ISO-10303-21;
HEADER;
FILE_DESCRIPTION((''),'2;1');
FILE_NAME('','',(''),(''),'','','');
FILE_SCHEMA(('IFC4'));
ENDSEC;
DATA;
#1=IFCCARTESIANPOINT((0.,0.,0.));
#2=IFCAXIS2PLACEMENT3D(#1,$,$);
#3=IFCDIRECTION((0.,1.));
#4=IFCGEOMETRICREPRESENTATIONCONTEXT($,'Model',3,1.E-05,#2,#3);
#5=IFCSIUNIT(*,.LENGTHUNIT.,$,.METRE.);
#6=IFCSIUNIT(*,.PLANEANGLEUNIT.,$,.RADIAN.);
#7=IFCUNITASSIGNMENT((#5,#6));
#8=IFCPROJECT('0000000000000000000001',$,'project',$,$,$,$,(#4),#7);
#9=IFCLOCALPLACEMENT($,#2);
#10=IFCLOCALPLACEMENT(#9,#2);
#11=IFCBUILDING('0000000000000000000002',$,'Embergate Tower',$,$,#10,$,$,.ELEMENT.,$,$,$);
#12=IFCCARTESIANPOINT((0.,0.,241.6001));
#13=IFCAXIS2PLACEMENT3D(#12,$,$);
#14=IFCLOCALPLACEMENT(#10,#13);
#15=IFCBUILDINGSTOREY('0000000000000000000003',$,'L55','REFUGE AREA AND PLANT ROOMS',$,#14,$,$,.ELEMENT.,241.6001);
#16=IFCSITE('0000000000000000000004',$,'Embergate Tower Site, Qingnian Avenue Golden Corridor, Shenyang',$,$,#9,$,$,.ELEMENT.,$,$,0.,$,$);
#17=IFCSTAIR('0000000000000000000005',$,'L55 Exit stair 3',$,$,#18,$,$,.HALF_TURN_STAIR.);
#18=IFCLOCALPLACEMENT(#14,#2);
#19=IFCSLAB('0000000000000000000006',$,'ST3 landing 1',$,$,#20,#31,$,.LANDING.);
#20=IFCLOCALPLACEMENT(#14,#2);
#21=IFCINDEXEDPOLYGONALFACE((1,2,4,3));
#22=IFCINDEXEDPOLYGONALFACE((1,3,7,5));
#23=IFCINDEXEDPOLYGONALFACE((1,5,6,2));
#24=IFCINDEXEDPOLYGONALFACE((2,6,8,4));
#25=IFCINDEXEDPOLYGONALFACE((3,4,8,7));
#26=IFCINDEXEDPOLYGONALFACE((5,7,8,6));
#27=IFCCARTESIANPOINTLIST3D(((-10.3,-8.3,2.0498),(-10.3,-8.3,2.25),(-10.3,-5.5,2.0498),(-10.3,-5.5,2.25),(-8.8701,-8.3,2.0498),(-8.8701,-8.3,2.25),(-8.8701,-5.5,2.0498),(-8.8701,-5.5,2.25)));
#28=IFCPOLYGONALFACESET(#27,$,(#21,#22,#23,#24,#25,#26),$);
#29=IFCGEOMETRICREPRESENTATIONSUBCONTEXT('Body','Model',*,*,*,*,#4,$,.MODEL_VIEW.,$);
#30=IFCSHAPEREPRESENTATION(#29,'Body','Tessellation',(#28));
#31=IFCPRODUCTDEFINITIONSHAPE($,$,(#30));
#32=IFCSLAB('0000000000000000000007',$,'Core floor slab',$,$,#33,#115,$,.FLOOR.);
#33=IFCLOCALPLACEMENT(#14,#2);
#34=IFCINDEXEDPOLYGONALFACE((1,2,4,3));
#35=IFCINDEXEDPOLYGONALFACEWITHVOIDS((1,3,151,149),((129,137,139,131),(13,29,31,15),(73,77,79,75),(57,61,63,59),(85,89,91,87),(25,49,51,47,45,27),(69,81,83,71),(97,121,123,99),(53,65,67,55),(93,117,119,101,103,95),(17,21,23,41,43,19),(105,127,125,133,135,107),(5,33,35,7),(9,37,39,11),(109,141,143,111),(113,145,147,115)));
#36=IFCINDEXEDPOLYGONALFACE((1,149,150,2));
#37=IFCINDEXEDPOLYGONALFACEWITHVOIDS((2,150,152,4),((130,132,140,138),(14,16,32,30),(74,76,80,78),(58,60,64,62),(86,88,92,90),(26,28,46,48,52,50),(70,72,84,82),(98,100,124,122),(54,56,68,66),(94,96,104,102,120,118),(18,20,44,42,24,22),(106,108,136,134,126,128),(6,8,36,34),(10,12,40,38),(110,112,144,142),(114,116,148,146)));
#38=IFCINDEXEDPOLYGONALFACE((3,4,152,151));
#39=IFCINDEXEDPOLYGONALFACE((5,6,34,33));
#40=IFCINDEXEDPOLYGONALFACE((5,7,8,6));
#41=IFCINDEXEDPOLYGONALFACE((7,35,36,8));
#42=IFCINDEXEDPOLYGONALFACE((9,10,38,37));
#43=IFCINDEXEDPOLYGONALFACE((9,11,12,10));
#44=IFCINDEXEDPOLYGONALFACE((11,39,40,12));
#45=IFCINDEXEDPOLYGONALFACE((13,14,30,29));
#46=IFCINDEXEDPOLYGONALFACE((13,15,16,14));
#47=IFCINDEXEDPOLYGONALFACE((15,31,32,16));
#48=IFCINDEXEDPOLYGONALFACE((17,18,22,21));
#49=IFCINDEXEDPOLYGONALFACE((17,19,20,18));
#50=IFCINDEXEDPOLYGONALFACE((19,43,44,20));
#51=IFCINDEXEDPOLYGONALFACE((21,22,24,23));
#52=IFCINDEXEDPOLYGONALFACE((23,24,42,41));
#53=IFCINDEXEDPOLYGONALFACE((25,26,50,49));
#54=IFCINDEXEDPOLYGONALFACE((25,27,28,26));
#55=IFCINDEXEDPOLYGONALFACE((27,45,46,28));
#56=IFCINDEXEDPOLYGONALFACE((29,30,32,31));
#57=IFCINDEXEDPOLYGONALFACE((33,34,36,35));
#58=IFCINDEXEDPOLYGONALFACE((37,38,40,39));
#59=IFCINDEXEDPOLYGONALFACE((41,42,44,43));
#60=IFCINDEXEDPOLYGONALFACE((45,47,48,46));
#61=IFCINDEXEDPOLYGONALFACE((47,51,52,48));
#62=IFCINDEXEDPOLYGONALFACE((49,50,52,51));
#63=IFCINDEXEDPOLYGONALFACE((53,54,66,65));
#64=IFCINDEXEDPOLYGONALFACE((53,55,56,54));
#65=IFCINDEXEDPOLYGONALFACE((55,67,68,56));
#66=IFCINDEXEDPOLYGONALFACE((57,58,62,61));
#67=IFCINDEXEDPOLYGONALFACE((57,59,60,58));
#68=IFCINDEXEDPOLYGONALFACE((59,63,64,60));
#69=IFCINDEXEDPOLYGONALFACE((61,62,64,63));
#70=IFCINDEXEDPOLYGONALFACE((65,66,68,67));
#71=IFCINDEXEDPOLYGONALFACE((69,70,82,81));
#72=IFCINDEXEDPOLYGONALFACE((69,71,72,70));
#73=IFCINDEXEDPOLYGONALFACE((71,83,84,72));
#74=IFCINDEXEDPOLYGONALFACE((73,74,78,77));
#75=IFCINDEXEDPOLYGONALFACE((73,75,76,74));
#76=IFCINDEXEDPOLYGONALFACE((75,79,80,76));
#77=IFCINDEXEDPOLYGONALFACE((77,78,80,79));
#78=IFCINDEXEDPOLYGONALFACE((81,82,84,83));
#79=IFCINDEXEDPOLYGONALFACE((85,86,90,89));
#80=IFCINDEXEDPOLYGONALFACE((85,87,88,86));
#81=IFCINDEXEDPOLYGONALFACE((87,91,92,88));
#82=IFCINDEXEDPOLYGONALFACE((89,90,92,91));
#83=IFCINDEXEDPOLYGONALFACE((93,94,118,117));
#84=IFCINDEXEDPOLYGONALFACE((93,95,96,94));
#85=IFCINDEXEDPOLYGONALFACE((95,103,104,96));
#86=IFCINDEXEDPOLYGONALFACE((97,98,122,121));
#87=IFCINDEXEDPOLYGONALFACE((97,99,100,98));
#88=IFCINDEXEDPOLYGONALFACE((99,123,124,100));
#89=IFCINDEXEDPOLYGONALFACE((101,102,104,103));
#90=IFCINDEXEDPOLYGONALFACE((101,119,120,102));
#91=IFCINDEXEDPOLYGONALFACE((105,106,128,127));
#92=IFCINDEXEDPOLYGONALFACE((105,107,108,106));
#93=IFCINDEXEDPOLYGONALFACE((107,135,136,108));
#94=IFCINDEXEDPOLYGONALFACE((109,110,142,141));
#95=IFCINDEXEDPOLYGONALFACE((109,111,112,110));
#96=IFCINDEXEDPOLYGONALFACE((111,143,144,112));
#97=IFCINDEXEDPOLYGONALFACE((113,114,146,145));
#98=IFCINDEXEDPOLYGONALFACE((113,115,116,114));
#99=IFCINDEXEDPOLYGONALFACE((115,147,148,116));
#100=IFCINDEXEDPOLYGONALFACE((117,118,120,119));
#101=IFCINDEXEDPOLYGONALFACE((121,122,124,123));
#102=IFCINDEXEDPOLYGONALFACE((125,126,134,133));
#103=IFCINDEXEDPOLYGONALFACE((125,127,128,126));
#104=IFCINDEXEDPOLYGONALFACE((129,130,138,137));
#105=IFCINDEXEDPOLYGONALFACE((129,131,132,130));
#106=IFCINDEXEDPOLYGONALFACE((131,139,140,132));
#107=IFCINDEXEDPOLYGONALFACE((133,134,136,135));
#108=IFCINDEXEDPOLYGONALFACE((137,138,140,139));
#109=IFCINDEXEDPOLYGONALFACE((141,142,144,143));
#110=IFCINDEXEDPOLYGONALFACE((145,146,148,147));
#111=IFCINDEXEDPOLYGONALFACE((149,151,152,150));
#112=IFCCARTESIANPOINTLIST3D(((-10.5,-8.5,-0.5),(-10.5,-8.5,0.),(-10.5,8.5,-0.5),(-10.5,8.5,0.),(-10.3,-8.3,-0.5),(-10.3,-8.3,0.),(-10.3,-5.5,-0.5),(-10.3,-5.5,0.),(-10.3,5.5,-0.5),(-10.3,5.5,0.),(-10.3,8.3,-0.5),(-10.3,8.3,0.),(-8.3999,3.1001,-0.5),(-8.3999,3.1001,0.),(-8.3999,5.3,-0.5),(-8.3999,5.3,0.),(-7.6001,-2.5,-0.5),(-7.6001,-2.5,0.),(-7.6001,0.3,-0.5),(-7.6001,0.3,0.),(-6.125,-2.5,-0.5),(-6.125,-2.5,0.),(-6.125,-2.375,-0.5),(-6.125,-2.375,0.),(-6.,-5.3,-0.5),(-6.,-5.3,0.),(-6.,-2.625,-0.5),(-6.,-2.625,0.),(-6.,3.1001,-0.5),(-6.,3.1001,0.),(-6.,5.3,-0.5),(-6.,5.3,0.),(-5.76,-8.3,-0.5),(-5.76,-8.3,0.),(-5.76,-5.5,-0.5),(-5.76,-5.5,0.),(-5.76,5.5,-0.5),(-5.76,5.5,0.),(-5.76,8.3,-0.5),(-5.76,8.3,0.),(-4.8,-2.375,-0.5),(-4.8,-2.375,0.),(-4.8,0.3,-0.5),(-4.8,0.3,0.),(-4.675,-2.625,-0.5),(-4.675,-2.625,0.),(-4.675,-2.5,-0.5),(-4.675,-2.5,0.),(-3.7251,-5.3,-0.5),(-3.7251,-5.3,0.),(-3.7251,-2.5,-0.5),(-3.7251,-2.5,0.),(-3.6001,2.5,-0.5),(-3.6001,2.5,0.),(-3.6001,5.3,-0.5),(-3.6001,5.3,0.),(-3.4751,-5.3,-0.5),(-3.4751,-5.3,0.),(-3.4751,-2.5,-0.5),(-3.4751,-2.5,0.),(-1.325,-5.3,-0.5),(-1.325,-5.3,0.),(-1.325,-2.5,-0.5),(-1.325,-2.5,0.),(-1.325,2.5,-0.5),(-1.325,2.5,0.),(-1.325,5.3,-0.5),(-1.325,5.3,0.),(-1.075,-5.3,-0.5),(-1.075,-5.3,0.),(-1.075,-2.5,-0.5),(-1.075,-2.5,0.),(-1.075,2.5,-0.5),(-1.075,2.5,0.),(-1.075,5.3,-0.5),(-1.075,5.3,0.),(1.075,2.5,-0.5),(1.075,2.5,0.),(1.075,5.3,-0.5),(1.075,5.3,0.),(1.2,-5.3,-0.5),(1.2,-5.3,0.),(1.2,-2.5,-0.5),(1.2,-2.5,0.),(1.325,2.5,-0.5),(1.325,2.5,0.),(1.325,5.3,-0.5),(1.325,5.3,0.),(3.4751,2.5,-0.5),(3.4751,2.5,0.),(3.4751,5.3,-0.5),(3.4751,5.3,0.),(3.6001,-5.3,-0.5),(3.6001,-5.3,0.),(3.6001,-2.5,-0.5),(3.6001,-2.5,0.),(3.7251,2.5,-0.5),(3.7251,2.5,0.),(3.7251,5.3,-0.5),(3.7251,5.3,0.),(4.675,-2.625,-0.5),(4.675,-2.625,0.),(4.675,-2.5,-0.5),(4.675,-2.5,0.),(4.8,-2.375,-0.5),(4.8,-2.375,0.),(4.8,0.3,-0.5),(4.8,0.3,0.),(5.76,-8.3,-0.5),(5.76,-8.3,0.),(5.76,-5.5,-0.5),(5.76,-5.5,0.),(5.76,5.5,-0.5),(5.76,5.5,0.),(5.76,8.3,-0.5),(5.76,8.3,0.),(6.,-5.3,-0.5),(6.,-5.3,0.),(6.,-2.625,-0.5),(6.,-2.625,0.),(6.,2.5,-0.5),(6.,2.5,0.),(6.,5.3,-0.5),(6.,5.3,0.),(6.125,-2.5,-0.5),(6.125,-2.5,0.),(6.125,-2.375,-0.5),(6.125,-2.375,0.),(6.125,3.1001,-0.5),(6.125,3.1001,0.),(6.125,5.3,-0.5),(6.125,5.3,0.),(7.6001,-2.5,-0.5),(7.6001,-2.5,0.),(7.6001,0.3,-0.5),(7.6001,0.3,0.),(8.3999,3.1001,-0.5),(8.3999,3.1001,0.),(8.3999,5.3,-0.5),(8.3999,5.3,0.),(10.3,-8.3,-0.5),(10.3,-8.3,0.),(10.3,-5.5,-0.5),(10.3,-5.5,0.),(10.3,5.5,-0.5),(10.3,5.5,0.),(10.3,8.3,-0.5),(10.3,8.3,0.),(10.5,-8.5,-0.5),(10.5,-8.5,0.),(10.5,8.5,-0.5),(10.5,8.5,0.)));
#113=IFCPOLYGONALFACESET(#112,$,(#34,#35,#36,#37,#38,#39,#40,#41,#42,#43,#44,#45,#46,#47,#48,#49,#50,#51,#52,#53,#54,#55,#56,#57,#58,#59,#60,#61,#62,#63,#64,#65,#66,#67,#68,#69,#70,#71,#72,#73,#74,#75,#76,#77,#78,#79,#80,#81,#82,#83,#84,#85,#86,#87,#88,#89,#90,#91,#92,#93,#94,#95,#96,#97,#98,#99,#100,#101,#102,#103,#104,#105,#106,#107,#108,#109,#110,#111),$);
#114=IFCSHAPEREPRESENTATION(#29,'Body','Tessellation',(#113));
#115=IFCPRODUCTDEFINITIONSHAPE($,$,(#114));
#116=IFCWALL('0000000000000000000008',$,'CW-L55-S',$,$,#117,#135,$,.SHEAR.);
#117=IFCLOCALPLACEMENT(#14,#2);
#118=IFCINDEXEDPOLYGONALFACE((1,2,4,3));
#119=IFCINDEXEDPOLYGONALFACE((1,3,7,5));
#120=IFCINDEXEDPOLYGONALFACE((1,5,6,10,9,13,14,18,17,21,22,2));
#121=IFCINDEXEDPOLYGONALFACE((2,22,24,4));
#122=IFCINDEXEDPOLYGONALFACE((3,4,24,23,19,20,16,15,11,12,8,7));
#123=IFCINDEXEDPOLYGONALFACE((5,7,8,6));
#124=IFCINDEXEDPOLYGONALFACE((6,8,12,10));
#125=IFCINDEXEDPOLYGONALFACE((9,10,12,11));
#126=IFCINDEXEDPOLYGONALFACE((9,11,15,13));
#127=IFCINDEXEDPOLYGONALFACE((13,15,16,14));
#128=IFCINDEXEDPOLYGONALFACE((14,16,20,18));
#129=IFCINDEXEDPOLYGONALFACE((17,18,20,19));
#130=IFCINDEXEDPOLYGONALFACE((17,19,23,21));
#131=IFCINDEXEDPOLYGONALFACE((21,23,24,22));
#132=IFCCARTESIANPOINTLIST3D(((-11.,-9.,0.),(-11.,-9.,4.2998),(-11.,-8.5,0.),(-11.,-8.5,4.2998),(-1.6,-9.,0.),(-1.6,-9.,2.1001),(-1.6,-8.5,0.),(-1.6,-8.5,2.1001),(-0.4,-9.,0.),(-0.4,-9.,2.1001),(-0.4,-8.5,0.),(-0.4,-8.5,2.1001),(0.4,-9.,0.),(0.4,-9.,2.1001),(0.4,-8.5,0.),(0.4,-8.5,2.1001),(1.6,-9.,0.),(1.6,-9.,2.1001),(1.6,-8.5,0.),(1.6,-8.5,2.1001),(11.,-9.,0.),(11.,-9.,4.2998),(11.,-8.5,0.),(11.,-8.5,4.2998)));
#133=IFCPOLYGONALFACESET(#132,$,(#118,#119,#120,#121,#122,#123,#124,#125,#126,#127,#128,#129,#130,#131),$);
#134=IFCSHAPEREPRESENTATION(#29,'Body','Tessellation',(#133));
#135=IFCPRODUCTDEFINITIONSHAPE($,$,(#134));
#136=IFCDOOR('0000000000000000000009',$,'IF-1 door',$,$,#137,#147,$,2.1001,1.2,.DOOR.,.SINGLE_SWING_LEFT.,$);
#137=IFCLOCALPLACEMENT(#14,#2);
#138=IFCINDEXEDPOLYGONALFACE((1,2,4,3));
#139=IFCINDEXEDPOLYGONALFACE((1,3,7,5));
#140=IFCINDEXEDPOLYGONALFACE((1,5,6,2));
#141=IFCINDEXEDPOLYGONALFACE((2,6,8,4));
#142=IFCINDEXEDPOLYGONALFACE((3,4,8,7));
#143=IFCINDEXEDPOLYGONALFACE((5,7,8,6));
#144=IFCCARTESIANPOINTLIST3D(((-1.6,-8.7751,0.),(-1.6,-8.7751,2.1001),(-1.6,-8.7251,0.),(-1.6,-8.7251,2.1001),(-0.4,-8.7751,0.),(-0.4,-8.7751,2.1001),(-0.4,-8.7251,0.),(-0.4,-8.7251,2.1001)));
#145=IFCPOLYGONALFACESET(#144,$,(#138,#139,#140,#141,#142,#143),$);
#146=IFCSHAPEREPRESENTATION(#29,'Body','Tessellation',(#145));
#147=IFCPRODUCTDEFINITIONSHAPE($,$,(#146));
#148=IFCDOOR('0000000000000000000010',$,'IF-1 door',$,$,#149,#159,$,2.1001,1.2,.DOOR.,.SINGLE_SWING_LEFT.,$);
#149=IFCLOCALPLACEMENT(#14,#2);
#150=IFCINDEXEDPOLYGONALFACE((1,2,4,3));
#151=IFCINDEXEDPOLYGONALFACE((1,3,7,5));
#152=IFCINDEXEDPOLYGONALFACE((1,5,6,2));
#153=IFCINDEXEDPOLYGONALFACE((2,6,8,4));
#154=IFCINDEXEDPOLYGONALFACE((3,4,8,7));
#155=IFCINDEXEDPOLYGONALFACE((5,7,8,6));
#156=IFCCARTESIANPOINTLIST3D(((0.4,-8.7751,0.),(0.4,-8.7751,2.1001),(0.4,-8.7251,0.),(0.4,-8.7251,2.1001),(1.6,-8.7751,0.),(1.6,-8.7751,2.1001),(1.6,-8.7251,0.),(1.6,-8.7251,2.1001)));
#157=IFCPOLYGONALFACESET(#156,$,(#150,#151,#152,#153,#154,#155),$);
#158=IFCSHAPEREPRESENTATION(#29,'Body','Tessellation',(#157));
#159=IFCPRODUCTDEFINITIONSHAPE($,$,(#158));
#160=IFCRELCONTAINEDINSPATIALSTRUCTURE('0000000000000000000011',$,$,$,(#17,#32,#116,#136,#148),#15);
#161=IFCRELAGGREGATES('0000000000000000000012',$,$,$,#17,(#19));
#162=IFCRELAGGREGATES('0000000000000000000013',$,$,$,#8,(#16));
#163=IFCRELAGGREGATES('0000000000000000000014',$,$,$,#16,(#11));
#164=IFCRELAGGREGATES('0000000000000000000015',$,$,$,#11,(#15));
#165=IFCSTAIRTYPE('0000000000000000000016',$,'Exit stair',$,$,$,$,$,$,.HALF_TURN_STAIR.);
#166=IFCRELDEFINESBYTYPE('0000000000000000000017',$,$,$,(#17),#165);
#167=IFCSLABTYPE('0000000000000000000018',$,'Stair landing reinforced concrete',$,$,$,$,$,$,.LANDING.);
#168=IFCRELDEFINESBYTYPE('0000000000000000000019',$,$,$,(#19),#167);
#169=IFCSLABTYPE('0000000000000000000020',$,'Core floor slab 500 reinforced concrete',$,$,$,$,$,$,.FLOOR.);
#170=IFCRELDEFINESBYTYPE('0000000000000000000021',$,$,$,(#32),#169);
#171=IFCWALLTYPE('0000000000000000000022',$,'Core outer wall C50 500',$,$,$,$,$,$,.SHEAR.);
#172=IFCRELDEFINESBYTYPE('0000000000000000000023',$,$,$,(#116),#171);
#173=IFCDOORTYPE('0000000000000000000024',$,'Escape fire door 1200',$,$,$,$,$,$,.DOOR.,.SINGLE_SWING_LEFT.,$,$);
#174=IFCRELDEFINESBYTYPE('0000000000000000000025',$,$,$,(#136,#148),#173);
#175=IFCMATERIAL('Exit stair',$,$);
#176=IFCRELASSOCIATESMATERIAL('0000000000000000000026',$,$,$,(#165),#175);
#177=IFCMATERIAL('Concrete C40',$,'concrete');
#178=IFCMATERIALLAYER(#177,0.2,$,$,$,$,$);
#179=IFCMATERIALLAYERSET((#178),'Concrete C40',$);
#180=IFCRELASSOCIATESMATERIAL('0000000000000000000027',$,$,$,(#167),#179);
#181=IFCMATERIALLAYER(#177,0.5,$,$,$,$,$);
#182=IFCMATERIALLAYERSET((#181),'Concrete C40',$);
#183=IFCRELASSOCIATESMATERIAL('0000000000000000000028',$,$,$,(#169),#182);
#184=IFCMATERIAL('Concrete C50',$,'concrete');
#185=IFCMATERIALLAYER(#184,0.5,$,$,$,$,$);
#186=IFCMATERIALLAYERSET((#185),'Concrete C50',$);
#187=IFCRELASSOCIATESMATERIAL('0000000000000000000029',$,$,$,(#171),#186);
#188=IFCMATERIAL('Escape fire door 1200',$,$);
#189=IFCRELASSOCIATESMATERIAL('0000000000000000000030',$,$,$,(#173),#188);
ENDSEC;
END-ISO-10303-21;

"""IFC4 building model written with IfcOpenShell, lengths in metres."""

from ifc_helpers import new_model, si_unit, direction, frame, frame_2d, origin, place, context, subcontext, project, spatial, polyline, rectangle, outline, extrude, source, transform, mapped, material, layer, layer_set, type_object, element, fill, aggregate, save


model = new_model("IFC4")

# Units and contexts
model_context = context("Model", 3, precision=1e-05, world=origin(), true_north=direction((0.0, 1.0)))
body_context = subcontext(model_context, "Body", "Model", "MODEL_VIEW")
ifc_project = project(units=[si_unit("LENGTHUNIT", "METRE"), si_unit("PLANEANGLEUNIT", "RADIAN")], contexts=[model_context])

# Site, building, storey
site_placement = place(None, origin())
site = spatial("IfcSite", under=ifc_project, at=site_placement, Name="Embergate Tower Site, Qingnian Avenue Golden Corridor, Shenyang", CompositionType="ELEMENT", RefElevation=0.0)
building_placement = place(site_placement, origin())
building = spatial("IfcBuilding", under=site, at=building_placement, Name="Embergate Tower", CompositionType="ELEMENT")
storey_placement = place(building_placement, frame((0.0, 0.0, 241.6001)))
storey = spatial("IfcBuildingStorey", under=building, at=storey_placement, Name="L55", Description="REFUGE AREA AND PLANT ROOMS", CompositionType="ELEMENT", Elevation=241.6001)

# Stair, slab
ifc_material_1 = material(Name="Exit stair")
stair_type = type_object("IfcStairType", Name="Exit stair", PredefinedType="HALF_TURN_STAIR", material=ifc_material_1)
stair_placement = place(storey_placement, origin())
stair = element("IfcStair", 1, at=stair_placement, inside=storey, type_object=stair_type, Name="L55 Exit stair 3", PredefinedType="HALF_TURN_STAIR")
ifc_material_2 = material(Name="Concrete C40", Category="concrete")
ifc_layer_1 = layer(ifc_material_2, 0.2)
ifc_layer_set_1 = layer_set([ifc_layer_1], Name="Concrete C40")
slab_type_1 = type_object("IfcSlabType", Name="Stair landing reinforced concrete", PredefinedType="LANDING", material=ifc_layer_set_1)
shared_shape_1 = source(origin(), body_context, "Body", "SweptSolid", [
    extrude(outline(polyline([(0.0, 0.0), (1.4299, 0.0), (1.4299, 2.8), (0.0, 2.8), (0.0, 0.0)])), origin(), (0.0, 0.0, 1.0), 0.2002),
])
slab_1_placement = place(storey_placement, frame((-10.3, -8.3, 2.0498)))
slab_1 = element("IfcSlab", 2, at=slab_1_placement, type_object=slab_type_1, Name="ST3 landing 1", PredefinedType="LANDING", context=body_context, shape_type="MappedRepresentation", body=[
    mapped(shared_shape_1, transform((0.0, 0.0, 0.0))),
])

# Slab
ifc_layer_2 = layer(ifc_material_2, 0.5)
ifc_layer_set_2 = layer_set([ifc_layer_2], Name="Concrete C40")
slab_type_2 = type_object("IfcSlabType", Name="Core floor slab 500 reinforced concrete", PredefinedType="FLOOR", material=ifc_layer_set_2)
shared_shape_2 = source(origin(), body_context, "Body", "SweptSolid", [
    extrude(outline(polyline([(0.0, 0.0), (21.0, 0.0), (21.0, 17.0), (0.0, 17.0), (0.0, 0.0)]), holes=[polyline([(0.2, 0.2), (0.2, 3.0), (4.74, 3.0), (4.74, 0.2), (0.2, 0.2)]), polyline([(16.26, 0.2), (16.26, 3.0), (20.8, 3.0), (20.8, 0.2), (16.26, 0.2)]), polyline([(4.5, 3.2), (4.5, 5.875), (5.825, 5.875), (5.825, 6.0), (6.7749, 6.0), (6.7749, 3.2), (4.5, 3.2)]), polyline([(7.0249, 3.2), (7.0249, 6.0), (9.175, 6.0), (9.175, 3.2), (7.0249, 3.2)]), polyline([(9.425, 3.2), (9.425, 6.0), (11.7, 6.0), (11.7, 3.2), (9.425, 3.2)]), polyline([(14.1001, 3.2), (14.1001, 6.0), (15.175, 6.0), (15.175, 5.875), (16.5, 5.875), (16.5, 3.2), (14.1001, 3.2)]), polyline([(2.8999, 6.0), (2.8999, 8.8), (5.7, 8.8), (5.7, 6.125), (4.375, 6.125), (4.375, 6.0), (2.8999, 6.0)]), polyline([(16.625, 6.0), (16.625, 6.125), (15.3, 6.125), (15.3, 8.8), (18.1001, 8.8), (18.1001, 6.0), (16.625, 6.0)]), polyline([(6.8999, 11.0), (6.8999, 13.8), (9.175, 13.8), (9.175, 11.0), (6.8999, 11.0)]), polyline([(9.425, 11.0), (9.425, 13.8), (11.575, 13.8), (11.575, 11.0), (9.425, 11.0)]), polyline([(11.825, 11.0), (11.825, 13.8), (13.9751, 13.8), (13.9751, 11.0), (11.825, 11.0)]), polyline([(14.2251, 11.0), (14.2251, 13.8), (16.5, 13.8), (16.5, 11.0), (14.2251, 11.0)]), polyline([(2.1001, 11.6001), (2.1001, 13.8), (4.5, 13.8), (4.5, 11.6001), (2.1001, 11.6001)]), polyline([(16.625, 11.6001), (16.625, 13.8), (18.8999, 13.8), (18.8999, 11.6001), (16.625, 11.6001)]), polyline([(0.2, 14.0), (0.2, 16.8), (4.74, 16.8), (4.74, 14.0), (0.2, 14.0)]), polyline([(16.26, 14.0), (16.26, 16.8), (20.8, 16.8), (20.8, 14.0), (16.26, 14.0)])]), origin(), (0.0, 0.0, 1.0), 0.5),
])
slab_2_placement = place(storey_placement, frame((-10.5, -8.5, -0.5)))
element("IfcSlab", 3, at=slab_2_placement, inside=storey, type_object=slab_type_2, Name="Core floor slab", PredefinedType="FLOOR", context=body_context, shape_type="MappedRepresentation", body=[
    mapped(shared_shape_2, transform((0.0, 0.0, 0.0))),
])

# Wall, openings, doors
ifc_material_3 = material(Name="Concrete C50", Category="concrete")
ifc_layer_3 = layer(ifc_material_3, 0.5)
ifc_layer_set_3 = layer_set([ifc_layer_3], Name="Concrete C50")
wall_type_1 = type_object("IfcWallType", Name="Core outer wall C50 500", PredefinedType="SHEAR", material=ifc_layer_set_3)
shared_shape_3 = source(origin(), body_context, "Body", "SweptSolid", [
    extrude(rectangle(XDim=22.0, YDim=0.5, at=frame_2d((11.0, 0.0))), origin(), (0.0, 0.0, 1.0), 4.2998),
])
wall_1_placement = place(storey_placement, frame((-11.0, -8.75, 0.0), z_axis=(0.0, 0.0, 1.0), x_axis=(1.0, 0.0, 0.0)))
wall_1 = element("IfcWall", 4, at=wall_1_placement, inside=storey, type_object=wall_type_1, Name="CW-L55-S", PredefinedType="SHEAR", context=body_context, shape_type="MappedRepresentation", body=[
    mapped(shared_shape_3, transform((0.0, 0.0, 0.0))),
])
shared_shape_4 = source(origin(), body_context, "Body", "SweptSolid", [
    extrude(rectangle(XDim=1.2, YDim=2.1001, at=frame_2d((0.6001, 1.05))), frame((0.0, 0.26, 0.0), z_axis=(0.0, -1.0, 0.0), x_axis=(1.0, 0.0, 0.0)), (0.0, 0.0, 1.0), 0.52),
])
opening_1_placement = place(wall_1_placement, frame((9.3999, 0.0, 0.0)))
opening_1 = element("IfcOpeningElement", 5, at=opening_1_placement, cuts=wall_1, PredefinedType="OPENING", context=body_context, shape_type="MappedRepresentation", body=[
    mapped(shared_shape_4, transform((0.0, 0.0, 0.0))),
])
opening_2_placement = place(wall_1_placement, frame((11.3999, 0.0, 0.0)))
opening_2 = element("IfcOpeningElement", 6, at=opening_2_placement, cuts=wall_1, PredefinedType="OPENING", context=body_context, shape_type="MappedRepresentation", body=[
    mapped(shared_shape_4, transform((0.0, 0.0, 0.0))),
])
ifc_material_4 = material(Name="Escape fire door 1200")
door_type_1 = type_object("IfcDoorType", Name="Escape fire door 1200", OperationType="SINGLE_SWING_LEFT", PredefinedType="DOOR", material=ifc_material_4)
shared_shape_5 = source(origin(), body_context, "Body", "SweptSolid", [
    extrude(rectangle(XDim=1.2, YDim=2.1001, at=frame_2d((0.6001, 1.05))), frame((0.0, 0.0249, 0.0), z_axis=(0.0, -1.0, 0.0), x_axis=(1.0, 0.0, 0.0)), (0.0, 0.0, 1.0), 0.05),
])
door_1_placement = place(opening_1_placement, origin())
door_1 = element("IfcDoor", 7, at=door_1_placement, inside=storey, type_object=door_type_1, Name="IF-1 door", OperationType="SINGLE_SWING_LEFT", OverallHeight=2.1001, OverallWidth=1.2, PredefinedType="DOOR", context=body_context, shape_type="MappedRepresentation", body=[
    mapped(shared_shape_5, transform((0.0, 0.0, 0.0))),
])
fill(opening_1, door_1)
door_2_placement = place(opening_2_placement, origin())
door_2 = element("IfcDoor", 8, at=door_2_placement, inside=storey, type_object=door_type_1, Name="IF-1 door", OperationType="SINGLE_SWING_LEFT", OverallHeight=2.1001, OverallWidth=1.2, PredefinedType="DOOR", context=body_context, shape_type="MappedRepresentation", body=[
    mapped(shared_shape_5, transform((0.0, 0.0, 0.0))),
])
fill(opening_2, door_2)

aggregate(stair, [slab_1])

save(model, "model.ifc")
